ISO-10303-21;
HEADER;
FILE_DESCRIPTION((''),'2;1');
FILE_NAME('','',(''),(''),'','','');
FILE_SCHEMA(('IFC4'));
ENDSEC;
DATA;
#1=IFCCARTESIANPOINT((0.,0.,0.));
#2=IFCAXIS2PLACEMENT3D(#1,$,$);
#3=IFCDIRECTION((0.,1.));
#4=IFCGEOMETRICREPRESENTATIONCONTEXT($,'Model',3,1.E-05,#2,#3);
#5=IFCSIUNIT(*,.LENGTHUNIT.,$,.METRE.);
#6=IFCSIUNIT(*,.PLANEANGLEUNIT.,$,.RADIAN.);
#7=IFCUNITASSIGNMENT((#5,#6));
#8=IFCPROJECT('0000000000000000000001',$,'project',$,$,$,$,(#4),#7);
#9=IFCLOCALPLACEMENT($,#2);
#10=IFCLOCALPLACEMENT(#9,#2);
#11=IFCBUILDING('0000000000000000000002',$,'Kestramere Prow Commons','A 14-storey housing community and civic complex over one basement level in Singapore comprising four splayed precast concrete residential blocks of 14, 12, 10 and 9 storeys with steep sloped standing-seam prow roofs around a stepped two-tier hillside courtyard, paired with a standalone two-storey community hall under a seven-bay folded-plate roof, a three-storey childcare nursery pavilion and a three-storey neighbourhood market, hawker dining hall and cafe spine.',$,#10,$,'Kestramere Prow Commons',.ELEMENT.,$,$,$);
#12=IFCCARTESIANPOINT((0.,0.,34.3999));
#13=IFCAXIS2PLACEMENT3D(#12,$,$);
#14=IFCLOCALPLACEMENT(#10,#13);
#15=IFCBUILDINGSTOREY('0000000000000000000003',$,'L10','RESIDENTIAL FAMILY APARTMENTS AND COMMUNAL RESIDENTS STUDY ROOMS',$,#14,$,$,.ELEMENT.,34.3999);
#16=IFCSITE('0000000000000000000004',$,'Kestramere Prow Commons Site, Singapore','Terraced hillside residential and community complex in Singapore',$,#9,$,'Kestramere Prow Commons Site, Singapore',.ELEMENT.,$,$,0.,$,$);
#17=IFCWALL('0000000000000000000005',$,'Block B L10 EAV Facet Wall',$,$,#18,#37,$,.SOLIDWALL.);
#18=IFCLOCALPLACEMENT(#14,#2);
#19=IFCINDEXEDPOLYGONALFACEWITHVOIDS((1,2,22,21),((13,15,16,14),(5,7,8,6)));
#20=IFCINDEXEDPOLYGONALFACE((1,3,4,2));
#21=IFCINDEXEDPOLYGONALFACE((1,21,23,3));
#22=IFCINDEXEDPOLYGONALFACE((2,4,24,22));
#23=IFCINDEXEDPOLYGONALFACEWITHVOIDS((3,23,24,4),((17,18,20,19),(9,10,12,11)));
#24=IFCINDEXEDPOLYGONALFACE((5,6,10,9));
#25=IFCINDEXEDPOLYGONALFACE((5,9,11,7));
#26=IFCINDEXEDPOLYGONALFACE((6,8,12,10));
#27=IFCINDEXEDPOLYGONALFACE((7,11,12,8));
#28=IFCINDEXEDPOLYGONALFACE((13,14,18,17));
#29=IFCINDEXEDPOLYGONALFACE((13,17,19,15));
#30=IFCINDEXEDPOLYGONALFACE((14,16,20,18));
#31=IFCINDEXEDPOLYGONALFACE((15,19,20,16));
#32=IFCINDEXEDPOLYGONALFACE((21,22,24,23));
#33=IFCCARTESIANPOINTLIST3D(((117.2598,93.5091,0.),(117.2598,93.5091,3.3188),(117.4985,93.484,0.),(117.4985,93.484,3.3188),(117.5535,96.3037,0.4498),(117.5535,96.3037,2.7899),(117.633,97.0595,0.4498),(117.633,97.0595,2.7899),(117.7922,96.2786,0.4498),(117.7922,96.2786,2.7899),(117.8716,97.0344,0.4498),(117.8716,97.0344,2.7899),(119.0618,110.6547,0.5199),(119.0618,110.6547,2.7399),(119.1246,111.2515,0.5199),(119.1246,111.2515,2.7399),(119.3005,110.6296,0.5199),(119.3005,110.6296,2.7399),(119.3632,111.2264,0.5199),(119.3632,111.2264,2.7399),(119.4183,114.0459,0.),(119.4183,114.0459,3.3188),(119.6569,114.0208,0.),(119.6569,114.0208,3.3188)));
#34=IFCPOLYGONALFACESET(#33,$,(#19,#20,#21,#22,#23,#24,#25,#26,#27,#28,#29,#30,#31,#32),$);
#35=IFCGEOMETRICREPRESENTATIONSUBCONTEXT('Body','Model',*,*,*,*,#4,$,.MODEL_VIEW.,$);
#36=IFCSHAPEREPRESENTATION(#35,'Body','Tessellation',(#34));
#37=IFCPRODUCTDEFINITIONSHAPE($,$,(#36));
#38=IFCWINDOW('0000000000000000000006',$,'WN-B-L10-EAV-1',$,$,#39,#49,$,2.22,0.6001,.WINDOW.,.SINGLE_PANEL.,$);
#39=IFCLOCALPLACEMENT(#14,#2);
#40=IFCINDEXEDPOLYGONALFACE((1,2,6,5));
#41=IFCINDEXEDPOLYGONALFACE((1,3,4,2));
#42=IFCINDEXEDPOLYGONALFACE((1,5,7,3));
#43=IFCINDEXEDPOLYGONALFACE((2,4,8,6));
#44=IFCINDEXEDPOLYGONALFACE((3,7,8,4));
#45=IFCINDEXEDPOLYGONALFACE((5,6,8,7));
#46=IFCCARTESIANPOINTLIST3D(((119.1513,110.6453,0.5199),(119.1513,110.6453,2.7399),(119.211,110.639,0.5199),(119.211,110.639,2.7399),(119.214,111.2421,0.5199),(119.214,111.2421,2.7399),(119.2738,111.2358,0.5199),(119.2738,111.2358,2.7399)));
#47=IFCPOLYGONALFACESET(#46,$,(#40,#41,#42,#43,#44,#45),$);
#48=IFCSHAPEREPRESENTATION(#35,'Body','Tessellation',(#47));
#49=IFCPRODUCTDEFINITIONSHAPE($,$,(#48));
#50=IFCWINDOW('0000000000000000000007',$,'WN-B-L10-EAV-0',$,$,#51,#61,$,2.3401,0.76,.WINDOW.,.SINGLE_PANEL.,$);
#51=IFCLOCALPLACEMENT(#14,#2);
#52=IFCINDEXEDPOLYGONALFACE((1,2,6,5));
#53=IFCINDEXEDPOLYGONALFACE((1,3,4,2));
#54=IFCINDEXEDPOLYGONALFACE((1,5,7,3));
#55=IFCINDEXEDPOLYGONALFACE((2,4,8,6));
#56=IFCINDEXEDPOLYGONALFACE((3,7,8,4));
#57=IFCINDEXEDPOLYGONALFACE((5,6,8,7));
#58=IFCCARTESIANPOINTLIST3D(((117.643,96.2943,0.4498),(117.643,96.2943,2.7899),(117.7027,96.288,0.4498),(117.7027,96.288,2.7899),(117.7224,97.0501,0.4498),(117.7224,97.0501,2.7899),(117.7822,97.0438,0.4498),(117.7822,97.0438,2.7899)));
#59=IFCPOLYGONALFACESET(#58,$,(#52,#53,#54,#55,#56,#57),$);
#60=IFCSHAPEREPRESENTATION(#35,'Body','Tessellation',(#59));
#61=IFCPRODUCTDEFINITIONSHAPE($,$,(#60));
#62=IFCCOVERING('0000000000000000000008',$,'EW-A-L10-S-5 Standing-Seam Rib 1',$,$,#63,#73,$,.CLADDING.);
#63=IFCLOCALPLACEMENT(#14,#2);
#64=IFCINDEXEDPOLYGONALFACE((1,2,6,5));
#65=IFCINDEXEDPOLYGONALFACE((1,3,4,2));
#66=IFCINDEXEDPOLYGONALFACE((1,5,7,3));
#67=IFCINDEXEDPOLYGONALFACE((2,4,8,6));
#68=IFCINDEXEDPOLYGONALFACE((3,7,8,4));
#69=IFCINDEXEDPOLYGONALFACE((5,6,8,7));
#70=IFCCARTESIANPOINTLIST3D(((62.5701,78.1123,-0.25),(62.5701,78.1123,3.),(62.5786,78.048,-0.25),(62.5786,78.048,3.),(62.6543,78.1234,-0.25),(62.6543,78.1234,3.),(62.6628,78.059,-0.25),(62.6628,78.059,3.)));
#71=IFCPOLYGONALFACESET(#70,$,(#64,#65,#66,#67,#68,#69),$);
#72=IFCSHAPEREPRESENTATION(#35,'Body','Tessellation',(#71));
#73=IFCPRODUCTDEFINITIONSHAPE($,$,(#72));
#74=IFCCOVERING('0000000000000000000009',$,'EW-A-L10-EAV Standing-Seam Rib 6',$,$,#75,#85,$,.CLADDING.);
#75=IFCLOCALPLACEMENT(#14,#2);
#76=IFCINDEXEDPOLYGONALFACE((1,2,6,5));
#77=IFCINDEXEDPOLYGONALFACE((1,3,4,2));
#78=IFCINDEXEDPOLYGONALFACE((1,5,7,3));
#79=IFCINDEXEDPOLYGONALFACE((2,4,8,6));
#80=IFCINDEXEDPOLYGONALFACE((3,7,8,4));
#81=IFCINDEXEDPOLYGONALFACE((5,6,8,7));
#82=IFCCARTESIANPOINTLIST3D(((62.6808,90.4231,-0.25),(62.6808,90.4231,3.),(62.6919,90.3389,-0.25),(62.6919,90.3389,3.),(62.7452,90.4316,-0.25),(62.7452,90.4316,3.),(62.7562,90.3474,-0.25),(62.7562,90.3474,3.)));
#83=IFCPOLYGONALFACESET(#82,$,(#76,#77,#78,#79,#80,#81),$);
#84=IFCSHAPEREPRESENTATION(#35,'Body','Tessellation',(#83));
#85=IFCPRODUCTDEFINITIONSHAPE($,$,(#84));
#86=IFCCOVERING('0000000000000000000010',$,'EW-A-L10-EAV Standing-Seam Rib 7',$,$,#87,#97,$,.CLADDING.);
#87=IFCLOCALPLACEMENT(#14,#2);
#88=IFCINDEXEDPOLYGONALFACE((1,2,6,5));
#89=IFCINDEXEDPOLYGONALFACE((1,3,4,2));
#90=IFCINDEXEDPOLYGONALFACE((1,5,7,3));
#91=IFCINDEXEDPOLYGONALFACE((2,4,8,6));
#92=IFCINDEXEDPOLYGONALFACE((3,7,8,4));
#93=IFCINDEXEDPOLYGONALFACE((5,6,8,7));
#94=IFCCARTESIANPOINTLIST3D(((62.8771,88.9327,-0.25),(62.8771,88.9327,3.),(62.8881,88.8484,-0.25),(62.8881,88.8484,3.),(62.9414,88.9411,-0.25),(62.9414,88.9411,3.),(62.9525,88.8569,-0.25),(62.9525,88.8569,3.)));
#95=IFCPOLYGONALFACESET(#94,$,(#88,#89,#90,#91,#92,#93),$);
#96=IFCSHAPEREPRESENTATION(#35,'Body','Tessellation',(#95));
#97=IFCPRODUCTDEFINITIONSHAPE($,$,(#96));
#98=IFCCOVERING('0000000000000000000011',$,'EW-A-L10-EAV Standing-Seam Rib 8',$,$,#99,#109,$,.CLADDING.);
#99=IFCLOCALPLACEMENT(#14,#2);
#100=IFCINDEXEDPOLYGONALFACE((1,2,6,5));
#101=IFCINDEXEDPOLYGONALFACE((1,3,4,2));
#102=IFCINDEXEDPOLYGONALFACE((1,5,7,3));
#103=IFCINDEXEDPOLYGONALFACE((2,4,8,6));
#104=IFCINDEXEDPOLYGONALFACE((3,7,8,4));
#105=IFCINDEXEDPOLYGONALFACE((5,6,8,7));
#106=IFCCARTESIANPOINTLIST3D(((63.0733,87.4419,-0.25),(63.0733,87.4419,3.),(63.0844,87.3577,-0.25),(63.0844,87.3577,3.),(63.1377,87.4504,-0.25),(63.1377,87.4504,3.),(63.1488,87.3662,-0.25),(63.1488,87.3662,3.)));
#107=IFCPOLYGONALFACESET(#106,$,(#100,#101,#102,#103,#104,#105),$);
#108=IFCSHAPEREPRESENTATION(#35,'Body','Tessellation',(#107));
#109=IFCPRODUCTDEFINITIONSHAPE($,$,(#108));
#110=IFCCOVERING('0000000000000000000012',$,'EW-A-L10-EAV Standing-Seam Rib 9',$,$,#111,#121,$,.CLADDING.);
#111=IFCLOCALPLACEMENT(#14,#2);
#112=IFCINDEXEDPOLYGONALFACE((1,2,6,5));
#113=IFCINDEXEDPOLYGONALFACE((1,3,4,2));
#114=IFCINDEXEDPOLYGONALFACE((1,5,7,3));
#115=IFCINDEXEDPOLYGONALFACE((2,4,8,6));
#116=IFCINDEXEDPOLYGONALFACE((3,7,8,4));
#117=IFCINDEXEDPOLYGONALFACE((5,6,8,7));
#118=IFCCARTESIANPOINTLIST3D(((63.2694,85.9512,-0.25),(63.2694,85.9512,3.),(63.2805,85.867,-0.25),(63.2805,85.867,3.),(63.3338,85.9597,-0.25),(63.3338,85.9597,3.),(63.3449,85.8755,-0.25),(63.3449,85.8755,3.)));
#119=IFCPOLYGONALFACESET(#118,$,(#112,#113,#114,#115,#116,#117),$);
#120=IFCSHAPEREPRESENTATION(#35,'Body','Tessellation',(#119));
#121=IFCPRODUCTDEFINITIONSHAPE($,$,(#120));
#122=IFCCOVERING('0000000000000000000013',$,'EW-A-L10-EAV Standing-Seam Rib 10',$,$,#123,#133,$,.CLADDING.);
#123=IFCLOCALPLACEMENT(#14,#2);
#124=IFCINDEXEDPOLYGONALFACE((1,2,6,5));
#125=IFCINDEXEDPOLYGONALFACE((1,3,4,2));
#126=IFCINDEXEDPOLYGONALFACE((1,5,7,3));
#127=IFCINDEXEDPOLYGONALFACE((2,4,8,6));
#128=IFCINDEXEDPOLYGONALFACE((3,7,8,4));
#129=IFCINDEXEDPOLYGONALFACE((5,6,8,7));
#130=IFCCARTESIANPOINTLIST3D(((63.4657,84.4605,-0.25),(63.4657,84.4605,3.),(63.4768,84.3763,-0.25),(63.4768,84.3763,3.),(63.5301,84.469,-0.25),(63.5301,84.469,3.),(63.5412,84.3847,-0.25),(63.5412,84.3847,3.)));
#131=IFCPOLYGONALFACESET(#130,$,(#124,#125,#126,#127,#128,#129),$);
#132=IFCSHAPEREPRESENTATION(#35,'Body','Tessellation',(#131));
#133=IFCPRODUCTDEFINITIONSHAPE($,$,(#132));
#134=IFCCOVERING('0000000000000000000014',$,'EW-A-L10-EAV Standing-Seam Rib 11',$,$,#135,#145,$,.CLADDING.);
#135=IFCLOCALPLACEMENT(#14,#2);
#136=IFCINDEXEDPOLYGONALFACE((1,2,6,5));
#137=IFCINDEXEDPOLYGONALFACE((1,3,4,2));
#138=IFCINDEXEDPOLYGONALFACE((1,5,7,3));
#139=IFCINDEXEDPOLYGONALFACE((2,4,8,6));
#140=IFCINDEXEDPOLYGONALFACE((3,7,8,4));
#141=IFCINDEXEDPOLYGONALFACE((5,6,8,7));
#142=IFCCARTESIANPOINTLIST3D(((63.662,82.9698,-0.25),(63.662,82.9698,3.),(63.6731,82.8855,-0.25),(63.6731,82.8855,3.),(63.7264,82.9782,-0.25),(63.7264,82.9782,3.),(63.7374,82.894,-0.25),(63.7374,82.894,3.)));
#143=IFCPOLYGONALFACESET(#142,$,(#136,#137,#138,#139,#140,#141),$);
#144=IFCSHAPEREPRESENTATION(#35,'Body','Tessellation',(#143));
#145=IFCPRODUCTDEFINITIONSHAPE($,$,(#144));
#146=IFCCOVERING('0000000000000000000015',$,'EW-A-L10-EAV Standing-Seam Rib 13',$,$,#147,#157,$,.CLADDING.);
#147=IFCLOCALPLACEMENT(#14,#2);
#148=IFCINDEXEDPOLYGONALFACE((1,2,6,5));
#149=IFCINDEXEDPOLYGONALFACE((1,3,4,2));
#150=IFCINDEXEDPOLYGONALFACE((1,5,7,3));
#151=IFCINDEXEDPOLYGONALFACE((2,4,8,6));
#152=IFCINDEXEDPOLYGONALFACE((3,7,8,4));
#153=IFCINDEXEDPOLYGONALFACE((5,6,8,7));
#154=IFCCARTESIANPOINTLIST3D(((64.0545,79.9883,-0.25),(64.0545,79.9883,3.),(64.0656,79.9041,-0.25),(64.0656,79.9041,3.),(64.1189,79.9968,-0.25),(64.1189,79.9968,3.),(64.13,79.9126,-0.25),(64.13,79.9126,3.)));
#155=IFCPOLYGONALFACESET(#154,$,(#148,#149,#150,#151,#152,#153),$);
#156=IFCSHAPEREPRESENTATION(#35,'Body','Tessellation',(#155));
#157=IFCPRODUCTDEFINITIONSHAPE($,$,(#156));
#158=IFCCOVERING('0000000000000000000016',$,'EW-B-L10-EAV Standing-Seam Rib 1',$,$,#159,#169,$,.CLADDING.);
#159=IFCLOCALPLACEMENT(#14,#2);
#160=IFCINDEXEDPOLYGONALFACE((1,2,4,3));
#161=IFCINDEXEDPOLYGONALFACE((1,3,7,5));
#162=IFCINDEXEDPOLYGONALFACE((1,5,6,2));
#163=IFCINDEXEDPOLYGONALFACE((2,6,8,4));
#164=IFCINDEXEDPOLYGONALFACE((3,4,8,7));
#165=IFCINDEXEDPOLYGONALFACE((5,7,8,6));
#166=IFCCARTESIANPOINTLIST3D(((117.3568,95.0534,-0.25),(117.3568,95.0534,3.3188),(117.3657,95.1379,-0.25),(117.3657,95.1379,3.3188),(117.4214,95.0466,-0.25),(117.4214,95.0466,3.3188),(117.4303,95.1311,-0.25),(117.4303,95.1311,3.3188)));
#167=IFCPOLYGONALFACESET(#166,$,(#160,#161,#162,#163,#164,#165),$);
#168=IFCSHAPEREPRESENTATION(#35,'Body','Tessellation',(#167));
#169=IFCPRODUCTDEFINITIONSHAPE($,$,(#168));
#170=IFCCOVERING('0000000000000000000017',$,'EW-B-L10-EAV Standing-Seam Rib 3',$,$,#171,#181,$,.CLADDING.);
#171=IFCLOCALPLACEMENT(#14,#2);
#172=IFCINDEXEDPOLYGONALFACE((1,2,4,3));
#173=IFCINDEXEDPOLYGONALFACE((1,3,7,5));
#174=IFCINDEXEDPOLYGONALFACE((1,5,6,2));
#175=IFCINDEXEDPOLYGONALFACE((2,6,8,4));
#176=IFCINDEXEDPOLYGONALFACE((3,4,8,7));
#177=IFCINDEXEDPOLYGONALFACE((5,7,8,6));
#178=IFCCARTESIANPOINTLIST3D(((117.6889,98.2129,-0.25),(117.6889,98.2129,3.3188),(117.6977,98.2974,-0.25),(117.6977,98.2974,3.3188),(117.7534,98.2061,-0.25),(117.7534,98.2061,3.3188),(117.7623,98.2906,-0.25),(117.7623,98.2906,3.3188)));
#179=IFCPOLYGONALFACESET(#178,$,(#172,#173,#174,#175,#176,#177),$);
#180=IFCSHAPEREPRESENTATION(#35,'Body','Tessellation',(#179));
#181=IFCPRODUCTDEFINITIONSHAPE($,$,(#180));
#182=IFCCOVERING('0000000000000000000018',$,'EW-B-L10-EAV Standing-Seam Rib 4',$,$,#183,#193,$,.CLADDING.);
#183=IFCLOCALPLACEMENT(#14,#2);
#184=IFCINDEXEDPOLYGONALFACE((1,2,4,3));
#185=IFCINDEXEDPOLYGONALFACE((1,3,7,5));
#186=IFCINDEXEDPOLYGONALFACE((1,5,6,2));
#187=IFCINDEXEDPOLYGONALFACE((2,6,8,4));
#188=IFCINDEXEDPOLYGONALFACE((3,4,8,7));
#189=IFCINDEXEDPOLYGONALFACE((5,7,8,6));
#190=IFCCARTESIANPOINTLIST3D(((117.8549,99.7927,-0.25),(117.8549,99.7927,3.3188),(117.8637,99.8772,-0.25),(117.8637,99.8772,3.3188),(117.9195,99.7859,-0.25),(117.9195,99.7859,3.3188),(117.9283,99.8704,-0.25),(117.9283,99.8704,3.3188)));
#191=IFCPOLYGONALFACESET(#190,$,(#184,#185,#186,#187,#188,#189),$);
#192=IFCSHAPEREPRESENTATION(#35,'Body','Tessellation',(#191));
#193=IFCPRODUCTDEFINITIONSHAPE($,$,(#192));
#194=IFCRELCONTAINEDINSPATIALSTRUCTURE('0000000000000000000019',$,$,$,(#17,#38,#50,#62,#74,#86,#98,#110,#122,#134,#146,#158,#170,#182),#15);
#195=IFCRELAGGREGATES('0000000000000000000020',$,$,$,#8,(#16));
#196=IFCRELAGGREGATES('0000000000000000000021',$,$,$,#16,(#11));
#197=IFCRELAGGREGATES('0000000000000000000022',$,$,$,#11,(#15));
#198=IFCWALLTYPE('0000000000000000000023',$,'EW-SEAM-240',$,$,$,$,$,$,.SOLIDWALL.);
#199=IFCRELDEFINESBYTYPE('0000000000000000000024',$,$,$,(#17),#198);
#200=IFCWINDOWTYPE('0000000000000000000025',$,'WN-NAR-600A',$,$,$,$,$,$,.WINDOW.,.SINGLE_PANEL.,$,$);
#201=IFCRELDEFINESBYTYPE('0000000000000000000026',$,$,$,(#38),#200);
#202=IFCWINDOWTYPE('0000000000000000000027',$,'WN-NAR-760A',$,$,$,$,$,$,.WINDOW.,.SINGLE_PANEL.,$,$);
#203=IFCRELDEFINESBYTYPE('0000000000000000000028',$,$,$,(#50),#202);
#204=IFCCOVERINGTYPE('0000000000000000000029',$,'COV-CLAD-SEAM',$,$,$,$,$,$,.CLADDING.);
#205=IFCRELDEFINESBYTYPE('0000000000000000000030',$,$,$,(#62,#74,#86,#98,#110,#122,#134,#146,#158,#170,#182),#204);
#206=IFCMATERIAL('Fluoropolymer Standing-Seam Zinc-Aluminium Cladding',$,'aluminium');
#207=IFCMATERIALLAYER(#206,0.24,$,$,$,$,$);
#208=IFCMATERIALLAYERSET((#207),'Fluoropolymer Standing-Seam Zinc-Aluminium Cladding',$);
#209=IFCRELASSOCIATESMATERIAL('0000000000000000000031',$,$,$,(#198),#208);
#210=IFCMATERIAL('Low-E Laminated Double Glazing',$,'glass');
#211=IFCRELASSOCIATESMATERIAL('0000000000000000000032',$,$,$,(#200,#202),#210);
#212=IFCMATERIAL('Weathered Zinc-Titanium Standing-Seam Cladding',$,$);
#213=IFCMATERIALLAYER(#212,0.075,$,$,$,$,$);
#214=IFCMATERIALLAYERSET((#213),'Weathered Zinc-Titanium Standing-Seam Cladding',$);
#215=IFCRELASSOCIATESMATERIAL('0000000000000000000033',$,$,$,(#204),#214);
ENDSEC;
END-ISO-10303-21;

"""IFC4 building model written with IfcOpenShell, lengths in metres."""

from ifc_helpers import new_model, si_unit, direction, frame, frame_2d, origin, origin_2d, place, context, subcontext, project, spatial, rectangle, extrude, material, layer, layer_set, type_object, element, fill, save


model = new_model("IFC4")

# Units and contexts
model_context = context("Model", 3, precision=1e-05, world=origin(), true_north=direction((0.0, 1.0)))
body_context = subcontext(model_context, "Body", "Model", "MODEL_VIEW")
ifc_project = project(units=[si_unit("LENGTHUNIT", "METRE"), si_unit("PLANEANGLEUNIT", "RADIAN")], contexts=[model_context])

# Site, building, storey
site_placement = place(None, origin())
site = spatial("IfcSite", under=ifc_project, at=site_placement, Name="Kestramere Prow Commons Site, Singapore", Description="Terraced hillside residential and community complex in Singapore", LongName="Kestramere Prow Commons Site, Singapore", CompositionType="ELEMENT", RefElevation=0.0)
building_placement = place(site_placement, origin())
building = spatial("IfcBuilding", under=site, at=building_placement, Name="Kestramere Prow Commons", Description="A 14-storey housing community and civic complex over one basement level in Singapore comprising four splayed precast concrete residential blocks of 14, 12, 10 and 9 storeys with steep sloped standing-seam prow roofs around a stepped two-tier hillside courtyard, paired with a standalone two-storey community hall under a seven-bay folded-plate roof, a three-storey childcare nursery pavilion and a three-storey neighbourhood market, hawker dining hall and cafe spine.", LongName="Kestramere Prow Commons", CompositionType="ELEMENT")
storey_placement = place(building_placement, frame((0.0, 0.0, 34.3999)))
storey = spatial("IfcBuildingStorey", under=building, at=storey_placement, Name="L10", Description="RESIDENTIAL FAMILY APARTMENTS AND COMMUNAL RESIDENTS STUDY ROOMS", CompositionType="ELEMENT", Elevation=34.3999)

# Wall, openings, windows
ifc_material_1 = material(Name="Fluoropolymer Standing-Seam Zinc-Aluminium Cladding", Category="aluminium")
ifc_layer_1 = layer(ifc_material_1, 0.24)
ifc_layer_set_1 = layer_set([ifc_layer_1], Name="Fluoropolymer Standing-Seam Zinc-Aluminium Cladding")
wall_type = type_object("IfcWallType", Name="EW-SEAM-240", PredefinedType="SOLIDWALL", material=ifc_layer_set_1)
ifc_material_2 = material(Name="Low-E Laminated Double Glazing", Category="glass")
wall_1_placement = place(storey_placement, frame((117.3792, 93.4966, 0.0), z_axis=(0.0, 0.0, 1.0), x_axis=(0.104525, 0.994522, 0.0)))
wall_1 = element("IfcWall", 1, at=wall_1_placement, inside=storey, type_object=wall_type, Name="Block B L10 EAV Facet Wall", PredefinedType="SOLIDWALL", context=body_context, shape_type="SweptSolid", body=[
    extrude(rectangle(XDim=20.6499, YDim=0.24, at=frame_2d((10.325, 0.0))), origin(), (0.0, 0.0, 1.0), 3.3188),
])
opening_1_placement = place(wall_1_placement, frame((2.8101, 0.0, 0.45)))
opening_1 = element("IfcOpeningElement", 2, at=opening_1_placement, cuts=wall_1, PredefinedType="OPENING", context=body_context, shape_type="SweptSolid", body=[
    extrude(rectangle(XDim=0.76, YDim=2.3401, at=frame_2d((0.3799, 1.1699))), frame((0.0, 0.135, 0.0), z_axis=(0.0, -1.0, 0.0), x_axis=(1.0, 0.0, 0.0)), (0.0, 0.0, 1.0), 0.27),
])
opening_2_placement = place(wall_1_placement, frame((17.24, 0.0, 0.52)))
opening_2 = element("IfcOpeningElement", 3, at=opening_2_placement, cuts=wall_1, PredefinedType="OPENING", context=body_context, shape_type="SweptSolid", body=[
    extrude(rectangle(XDim=0.6001, YDim=2.22, at=frame_2d((0.3, 1.1099))), frame((0.0, 0.135, 0.0), z_axis=(0.0, -1.0, 0.0), x_axis=(1.0, 0.0, 0.0)), (0.0, 0.0, 1.0), 0.27),
])
window_type_1 = type_object("IfcWindowType", Name="WN-NAR-600A", PartitioningType="SINGLE_PANEL", PredefinedType="WINDOW", material=ifc_material_2)
window_1_placement = place(opening_2_placement, origin())
window_1 = element("IfcWindow", 4, at=window_1_placement, inside=storey, type_object=window_type_1, Name="WN-B-L10-EAV-1", OverallHeight=2.22, OverallWidth=0.6001, PartitioningType="SINGLE_PANEL", PredefinedType="WINDOW", context=body_context, shape_type="SweptSolid", body=[
    extrude(rectangle(XDim=0.6001, YDim=2.22, at=frame_2d((0.3, 1.1099))), frame((0.0, 0.03, 0.0), z_axis=(0.0, -1.0, 0.0), x_axis=(1.0, 0.0, 0.0)), (0.0, 0.0, 1.0), 0.0601),
])
fill(opening_2, window_1)
window_type_2 = type_object("IfcWindowType", Name="WN-NAR-760A", PartitioningType="SINGLE_PANEL", PredefinedType="WINDOW", material=ifc_material_2)
window_2_placement = place(opening_1_placement, origin())
window_2 = element("IfcWindow", 5, at=window_2_placement, inside=storey, type_object=window_type_2, Name="WN-B-L10-EAV-0", OverallHeight=2.3401, OverallWidth=0.76, PartitioningType="SINGLE_PANEL", PredefinedType="WINDOW", context=body_context, shape_type="SweptSolid", body=[
    extrude(rectangle(XDim=0.76, YDim=2.3401, at=frame_2d((0.3799, 1.1699))), frame((0.0, 0.03, 0.0), z_axis=(0.0, -1.0, 0.0), x_axis=(1.0, 0.0, 0.0)), (0.0, 0.0, 1.0), 0.0601),
])
fill(opening_1, window_2)

# Coverings
ifc_material_3 = material(Name="Weathered Zinc-Titanium Standing-Seam Cladding")
ifc_layer_2 = layer(ifc_material_3, 0.075)
ifc_layer_set_2 = layer_set([ifc_layer_2], Name="Weathered Zinc-Titanium Standing-Seam Cladding")
covering_type = type_object("IfcCoveringType", Name="COV-CLAD-SEAM", PredefinedType="CLADDING", material=ifc_layer_set_2)
for number, where, z_axis, x_axis, name in (
    (6, (62.6165, 78.0857, -0.25), (0.0, 0.0, 1.0), (-0.991445, -0.130526, 0.0), "EW-A-L10-S-5 Standing-Seam Rib 1"),
    (7, (62.7185, 90.3853, -0.25), (0.0, 0.0, 1.0), (0.130526, -0.991445, 0.0), "EW-A-L10-EAV Standing-Seam Rib 6"),
    (8, (62.9148, 88.8948, -0.25), (0.0, 0.0, 1.0), (0.130526, -0.991445, 0.0), "EW-A-L10-EAV Standing-Seam Rib 7"),
    (9, (63.1111, 87.4041, -0.25), (0.0, 0.0, 1.0), (0.130526, -0.991445, 0.0), "EW-A-L10-EAV Standing-Seam Rib 8"),
    (10, (63.3071, 85.9133, -0.25), (0.0, 0.0, 1.0), (0.130526, -0.991445, 0.0), "EW-A-L10-EAV Standing-Seam Rib 9"),
    (11, (63.5034, 84.4226, -0.25), (0.0, 0.0, 1.0), (0.130526, -0.991445, 0.0), "EW-A-L10-EAV Standing-Seam Rib 10"),
    (12, (63.6997, 82.9319, -0.25), (0.0, 0.0, 1.0), (0.130526, -0.991445, 0.0), "EW-A-L10-EAV Standing-Seam Rib 11"),
    (13, (64.0923, 79.9504, -0.25), (0.0, 0.0, 1.0), (0.130526, -0.991445, 0.0), "EW-A-L10-EAV Standing-Seam Rib 13"),
):
    element("IfcCovering", number, at=place(storey_placement, frame(where, z_axis=z_axis, x_axis=x_axis)), inside=storey, type_object=covering_type, Name=name, PredefinedType="CLADDING", context=body_context, shape_type="SweptSolid", body=[
        extrude(rectangle(XDim=0.085, YDim=0.0649, at=origin_2d()), origin(), (0.0, 0.0, 1.0), 3.25),
    ])
for number, where, z_axis, x_axis, name in (
    (14, (117.3936, 95.0923, -0.25), (0.0, 0.0, 1.0), (0.104528, 0.994522, 0.0), "EW-B-L10-EAV Standing-Seam Rib 1"),
    (15, (117.7256, 98.2517, -0.25), (0.0, 0.0, 1.0), (0.104528, 0.994522, 0.0), "EW-B-L10-EAV Standing-Seam Rib 3"),
    (16, (117.8916, 99.8315, -0.25), (0.0, 0.0, 1.0), (0.104528, 0.994522, 0.0), "EW-B-L10-EAV Standing-Seam Rib 4"),
):
    element("IfcCovering", number, at=place(storey_placement, frame(where, z_axis=z_axis, x_axis=x_axis)), inside=storey, type_object=covering_type, Name=name, PredefinedType="CLADDING", context=body_context, shape_type="SweptSolid", body=[
        extrude(rectangle(XDim=0.085, YDim=0.0649, at=origin_2d()), origin(), (0.0, 0.0, 1.0), 3.5688),
    ])

save(model, "model.ifc")
